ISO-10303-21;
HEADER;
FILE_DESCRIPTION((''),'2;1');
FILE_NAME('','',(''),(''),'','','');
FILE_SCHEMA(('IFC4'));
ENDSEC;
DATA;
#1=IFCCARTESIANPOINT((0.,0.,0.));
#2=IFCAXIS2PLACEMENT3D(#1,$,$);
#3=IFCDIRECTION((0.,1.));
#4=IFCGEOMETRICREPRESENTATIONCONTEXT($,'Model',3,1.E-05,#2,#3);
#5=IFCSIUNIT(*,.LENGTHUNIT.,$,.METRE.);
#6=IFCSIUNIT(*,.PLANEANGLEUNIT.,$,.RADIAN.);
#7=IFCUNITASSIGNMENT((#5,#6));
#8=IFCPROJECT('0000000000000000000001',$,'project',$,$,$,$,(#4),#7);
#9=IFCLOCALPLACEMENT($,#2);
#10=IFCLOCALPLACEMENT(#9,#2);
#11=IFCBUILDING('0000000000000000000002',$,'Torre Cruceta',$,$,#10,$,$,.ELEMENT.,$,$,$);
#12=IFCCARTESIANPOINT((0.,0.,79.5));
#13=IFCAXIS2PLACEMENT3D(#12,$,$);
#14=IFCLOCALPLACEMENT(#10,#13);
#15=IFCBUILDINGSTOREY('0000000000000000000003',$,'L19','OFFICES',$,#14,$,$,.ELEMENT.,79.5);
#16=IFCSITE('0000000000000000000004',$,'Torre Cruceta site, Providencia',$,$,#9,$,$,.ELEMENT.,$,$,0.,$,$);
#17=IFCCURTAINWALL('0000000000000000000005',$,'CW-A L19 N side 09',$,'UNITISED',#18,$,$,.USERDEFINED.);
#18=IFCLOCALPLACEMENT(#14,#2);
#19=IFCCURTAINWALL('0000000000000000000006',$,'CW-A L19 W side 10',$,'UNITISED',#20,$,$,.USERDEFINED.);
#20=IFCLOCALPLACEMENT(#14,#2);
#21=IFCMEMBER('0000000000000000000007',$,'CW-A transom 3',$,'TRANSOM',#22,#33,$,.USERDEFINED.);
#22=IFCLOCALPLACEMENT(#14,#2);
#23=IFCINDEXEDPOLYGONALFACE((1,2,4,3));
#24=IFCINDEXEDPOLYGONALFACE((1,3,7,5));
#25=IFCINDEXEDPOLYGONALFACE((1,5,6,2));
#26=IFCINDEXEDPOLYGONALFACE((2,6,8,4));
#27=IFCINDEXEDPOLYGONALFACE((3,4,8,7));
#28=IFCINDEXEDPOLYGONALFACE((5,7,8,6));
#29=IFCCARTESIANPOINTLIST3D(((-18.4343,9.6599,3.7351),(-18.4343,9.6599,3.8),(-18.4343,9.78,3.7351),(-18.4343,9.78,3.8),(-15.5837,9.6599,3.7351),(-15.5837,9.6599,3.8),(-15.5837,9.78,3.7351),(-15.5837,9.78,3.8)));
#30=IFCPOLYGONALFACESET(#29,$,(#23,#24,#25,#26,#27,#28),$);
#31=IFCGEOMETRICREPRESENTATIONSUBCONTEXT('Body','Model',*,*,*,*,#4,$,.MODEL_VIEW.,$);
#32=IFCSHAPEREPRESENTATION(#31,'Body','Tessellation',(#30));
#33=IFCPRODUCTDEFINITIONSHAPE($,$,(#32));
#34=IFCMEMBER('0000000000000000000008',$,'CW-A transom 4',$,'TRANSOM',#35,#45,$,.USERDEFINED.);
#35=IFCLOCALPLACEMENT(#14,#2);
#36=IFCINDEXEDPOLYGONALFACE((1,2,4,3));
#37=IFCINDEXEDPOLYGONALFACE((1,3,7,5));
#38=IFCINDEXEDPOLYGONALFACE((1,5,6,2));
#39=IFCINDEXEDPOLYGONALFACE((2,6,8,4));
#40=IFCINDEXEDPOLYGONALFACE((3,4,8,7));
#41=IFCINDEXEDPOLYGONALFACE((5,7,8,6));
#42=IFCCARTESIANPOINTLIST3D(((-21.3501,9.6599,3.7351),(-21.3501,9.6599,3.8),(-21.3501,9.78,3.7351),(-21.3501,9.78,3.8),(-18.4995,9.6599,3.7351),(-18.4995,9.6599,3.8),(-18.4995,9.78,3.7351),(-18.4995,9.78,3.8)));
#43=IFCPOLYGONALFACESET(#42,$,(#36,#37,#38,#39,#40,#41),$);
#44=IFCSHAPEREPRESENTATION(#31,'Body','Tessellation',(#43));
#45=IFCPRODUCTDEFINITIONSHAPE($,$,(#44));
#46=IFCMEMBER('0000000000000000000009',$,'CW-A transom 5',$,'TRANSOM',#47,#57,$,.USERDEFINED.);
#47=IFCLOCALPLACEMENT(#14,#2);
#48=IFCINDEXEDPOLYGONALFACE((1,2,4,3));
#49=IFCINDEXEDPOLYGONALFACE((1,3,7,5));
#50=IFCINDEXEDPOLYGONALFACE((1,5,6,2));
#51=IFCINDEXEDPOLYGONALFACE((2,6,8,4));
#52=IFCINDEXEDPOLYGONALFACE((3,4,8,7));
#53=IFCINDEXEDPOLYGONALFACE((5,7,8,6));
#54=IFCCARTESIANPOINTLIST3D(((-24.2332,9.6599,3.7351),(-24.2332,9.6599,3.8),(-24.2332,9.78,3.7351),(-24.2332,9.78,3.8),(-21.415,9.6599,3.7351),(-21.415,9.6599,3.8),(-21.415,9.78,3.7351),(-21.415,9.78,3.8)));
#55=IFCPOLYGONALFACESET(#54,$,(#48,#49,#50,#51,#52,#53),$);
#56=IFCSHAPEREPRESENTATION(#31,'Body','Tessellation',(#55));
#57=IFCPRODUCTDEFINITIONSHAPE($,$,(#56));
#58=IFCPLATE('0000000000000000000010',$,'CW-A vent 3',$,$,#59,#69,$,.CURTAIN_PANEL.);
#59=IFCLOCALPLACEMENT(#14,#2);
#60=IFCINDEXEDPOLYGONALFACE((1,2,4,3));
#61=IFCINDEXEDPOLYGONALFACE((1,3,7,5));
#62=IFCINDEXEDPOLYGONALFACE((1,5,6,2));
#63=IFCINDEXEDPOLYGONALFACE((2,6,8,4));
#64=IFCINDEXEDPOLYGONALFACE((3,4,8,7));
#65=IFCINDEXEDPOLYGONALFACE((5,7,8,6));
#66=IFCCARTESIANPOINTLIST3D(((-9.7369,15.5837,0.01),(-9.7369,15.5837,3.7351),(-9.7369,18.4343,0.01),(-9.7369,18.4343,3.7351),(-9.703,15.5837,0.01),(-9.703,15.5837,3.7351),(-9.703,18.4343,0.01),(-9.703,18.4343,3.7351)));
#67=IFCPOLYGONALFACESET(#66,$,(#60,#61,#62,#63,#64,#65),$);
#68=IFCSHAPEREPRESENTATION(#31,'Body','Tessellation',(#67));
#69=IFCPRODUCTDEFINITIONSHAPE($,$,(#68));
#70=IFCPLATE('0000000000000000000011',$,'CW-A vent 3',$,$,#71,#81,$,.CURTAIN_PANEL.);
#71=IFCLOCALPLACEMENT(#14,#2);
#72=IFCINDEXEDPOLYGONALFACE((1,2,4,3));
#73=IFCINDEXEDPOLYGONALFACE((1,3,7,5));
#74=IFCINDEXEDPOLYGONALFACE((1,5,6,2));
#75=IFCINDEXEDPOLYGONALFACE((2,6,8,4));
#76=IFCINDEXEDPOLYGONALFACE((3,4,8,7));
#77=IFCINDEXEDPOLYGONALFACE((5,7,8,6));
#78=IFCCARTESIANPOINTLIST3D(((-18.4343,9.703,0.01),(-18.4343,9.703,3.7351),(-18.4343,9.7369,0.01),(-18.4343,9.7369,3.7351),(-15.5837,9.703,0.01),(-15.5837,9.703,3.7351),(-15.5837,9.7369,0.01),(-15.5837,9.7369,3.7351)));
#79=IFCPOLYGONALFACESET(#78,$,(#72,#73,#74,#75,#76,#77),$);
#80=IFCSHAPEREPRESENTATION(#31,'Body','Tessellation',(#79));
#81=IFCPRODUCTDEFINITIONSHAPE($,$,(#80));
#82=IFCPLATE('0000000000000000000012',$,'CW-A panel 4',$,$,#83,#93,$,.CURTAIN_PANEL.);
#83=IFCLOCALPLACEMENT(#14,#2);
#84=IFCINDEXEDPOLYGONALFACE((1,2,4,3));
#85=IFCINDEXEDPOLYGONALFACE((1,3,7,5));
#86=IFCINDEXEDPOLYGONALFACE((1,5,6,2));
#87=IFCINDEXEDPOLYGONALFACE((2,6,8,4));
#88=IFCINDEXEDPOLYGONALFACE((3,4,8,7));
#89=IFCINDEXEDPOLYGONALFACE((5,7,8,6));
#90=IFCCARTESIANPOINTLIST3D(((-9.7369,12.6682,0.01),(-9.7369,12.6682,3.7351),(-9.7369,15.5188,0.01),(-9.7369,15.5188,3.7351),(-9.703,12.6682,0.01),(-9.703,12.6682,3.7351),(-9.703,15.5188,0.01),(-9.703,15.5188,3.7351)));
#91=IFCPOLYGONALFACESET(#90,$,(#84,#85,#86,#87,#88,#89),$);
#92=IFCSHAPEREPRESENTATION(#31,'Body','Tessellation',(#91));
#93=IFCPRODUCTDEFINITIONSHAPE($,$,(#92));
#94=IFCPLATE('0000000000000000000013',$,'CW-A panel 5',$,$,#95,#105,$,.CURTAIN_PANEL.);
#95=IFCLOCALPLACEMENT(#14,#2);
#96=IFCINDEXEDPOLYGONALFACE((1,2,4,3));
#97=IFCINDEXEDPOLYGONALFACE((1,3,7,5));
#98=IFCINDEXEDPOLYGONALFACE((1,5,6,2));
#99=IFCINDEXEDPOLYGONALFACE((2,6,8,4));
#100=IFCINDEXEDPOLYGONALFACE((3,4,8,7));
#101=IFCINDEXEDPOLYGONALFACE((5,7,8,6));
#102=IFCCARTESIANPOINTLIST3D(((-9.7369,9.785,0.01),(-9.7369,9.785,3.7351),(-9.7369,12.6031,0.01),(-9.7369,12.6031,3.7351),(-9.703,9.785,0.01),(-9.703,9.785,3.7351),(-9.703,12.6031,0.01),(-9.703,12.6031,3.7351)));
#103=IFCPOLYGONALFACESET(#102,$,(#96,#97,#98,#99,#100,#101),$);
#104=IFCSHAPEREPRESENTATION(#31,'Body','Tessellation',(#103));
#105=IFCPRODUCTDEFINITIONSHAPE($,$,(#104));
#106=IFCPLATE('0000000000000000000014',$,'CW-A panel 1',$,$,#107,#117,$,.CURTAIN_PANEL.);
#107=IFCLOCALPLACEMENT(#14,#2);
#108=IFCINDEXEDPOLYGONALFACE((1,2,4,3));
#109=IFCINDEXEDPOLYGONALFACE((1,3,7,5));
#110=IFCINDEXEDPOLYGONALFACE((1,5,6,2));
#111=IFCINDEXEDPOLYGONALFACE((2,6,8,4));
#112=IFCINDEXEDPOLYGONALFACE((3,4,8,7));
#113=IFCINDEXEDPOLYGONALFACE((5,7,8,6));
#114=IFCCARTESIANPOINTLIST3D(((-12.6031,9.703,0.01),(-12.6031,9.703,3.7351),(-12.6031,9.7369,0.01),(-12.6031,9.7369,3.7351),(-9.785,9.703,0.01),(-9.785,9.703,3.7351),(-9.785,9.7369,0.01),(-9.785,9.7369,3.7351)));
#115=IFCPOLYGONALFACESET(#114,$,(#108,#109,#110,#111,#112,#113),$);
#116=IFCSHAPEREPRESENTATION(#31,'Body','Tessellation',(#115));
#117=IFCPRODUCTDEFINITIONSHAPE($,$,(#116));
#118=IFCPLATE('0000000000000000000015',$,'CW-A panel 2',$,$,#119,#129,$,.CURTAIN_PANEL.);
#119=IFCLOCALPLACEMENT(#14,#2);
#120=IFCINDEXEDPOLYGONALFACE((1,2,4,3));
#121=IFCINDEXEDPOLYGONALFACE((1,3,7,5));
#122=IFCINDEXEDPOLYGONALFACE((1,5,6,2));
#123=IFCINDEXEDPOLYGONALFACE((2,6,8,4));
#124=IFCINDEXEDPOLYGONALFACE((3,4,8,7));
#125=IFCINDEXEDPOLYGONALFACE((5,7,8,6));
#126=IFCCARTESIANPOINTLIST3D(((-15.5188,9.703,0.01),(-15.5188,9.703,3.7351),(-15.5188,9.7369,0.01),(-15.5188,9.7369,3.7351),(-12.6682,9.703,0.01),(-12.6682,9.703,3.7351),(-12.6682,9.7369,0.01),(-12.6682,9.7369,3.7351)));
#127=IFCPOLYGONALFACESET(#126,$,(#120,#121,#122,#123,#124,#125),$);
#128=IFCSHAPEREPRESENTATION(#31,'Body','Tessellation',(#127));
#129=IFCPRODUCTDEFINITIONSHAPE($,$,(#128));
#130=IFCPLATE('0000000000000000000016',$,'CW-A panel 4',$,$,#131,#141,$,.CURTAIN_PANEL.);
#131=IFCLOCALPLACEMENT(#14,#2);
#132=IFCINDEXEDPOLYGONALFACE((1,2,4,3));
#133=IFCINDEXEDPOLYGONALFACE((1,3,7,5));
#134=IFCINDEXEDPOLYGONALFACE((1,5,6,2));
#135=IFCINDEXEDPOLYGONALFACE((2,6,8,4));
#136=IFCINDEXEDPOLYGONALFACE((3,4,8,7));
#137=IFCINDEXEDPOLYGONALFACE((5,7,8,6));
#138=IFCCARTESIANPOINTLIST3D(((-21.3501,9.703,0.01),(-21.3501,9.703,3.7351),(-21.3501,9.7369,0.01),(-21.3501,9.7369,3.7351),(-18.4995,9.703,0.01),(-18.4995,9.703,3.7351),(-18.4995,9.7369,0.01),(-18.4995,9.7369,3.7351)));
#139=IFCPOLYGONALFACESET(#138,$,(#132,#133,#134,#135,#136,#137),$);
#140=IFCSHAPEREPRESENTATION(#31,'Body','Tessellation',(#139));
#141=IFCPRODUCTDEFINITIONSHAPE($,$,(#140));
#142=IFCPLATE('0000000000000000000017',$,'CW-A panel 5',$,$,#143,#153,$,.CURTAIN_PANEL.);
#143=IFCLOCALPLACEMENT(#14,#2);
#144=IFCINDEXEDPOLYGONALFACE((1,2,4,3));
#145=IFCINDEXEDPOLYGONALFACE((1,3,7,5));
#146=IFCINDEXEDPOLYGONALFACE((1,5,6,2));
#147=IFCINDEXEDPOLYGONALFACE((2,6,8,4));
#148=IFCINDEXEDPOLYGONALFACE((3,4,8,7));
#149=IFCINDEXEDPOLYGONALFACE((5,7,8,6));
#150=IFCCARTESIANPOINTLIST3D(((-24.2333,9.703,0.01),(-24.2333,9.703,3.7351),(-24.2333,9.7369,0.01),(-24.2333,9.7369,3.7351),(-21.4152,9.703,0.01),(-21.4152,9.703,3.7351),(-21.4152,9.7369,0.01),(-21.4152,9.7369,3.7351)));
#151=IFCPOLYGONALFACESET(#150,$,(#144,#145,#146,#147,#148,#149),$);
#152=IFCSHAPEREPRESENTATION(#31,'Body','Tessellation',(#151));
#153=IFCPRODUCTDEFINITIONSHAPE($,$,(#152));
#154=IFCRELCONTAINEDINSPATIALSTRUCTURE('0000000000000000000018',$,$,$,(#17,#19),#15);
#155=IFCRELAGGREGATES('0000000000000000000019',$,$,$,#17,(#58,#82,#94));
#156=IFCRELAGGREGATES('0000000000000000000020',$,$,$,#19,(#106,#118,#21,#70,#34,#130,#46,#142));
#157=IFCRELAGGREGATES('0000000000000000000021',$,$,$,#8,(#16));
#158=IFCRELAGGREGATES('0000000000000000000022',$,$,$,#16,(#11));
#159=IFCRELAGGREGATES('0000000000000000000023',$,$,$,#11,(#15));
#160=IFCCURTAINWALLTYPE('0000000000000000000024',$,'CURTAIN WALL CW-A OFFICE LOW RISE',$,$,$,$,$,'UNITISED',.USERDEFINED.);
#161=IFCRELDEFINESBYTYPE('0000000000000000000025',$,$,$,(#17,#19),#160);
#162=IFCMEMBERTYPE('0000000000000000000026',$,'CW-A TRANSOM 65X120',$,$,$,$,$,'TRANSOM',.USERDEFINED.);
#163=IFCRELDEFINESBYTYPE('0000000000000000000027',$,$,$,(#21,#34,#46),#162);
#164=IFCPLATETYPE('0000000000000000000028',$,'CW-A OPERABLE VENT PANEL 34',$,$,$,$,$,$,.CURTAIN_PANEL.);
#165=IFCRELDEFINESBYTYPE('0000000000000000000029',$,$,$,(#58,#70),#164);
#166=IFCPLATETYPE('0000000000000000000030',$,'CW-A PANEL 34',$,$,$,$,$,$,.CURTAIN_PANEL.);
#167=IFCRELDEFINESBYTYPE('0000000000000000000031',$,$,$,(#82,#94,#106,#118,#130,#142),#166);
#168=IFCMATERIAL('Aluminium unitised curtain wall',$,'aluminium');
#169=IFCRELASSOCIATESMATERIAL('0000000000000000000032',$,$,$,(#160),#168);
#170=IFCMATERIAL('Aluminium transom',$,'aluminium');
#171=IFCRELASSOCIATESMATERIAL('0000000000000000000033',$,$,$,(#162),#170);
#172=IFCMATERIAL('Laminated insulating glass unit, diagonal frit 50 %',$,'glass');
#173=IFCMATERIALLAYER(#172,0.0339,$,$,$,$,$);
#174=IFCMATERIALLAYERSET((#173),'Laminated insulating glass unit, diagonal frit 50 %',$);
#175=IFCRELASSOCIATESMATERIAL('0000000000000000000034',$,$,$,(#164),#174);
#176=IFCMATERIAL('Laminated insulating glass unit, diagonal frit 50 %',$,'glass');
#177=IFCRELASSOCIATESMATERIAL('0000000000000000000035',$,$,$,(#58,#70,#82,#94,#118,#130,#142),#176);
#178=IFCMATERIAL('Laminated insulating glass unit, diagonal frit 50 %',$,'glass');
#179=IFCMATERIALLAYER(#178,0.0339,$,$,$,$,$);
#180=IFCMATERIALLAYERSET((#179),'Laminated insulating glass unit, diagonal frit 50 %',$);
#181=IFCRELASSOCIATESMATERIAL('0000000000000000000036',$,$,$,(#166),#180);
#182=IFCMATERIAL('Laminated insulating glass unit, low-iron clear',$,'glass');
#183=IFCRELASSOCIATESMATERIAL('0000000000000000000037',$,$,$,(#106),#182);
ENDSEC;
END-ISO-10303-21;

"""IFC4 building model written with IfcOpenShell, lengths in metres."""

from ifc_helpers import new_model, si_unit, direction, frame, origin, origin_2d, place, context, subcontext, project, spatial, rectangle, extrude, material, layer, layer_set, material_profile, profile_set, type_object, element, aggregate, save


model = new_model("IFC4")

# Units and contexts
model_context = context("Model", 3, precision=1e-05, world=origin(), true_north=direction((0.0, 1.0)))
body_context = subcontext(model_context, "Body", "Model", "MODEL_VIEW")
ifc_project = project(units=[si_unit("LENGTHUNIT", "METRE"), si_unit("PLANEANGLEUNIT", "RADIAN")], contexts=[model_context])

# Site, building, storey
site_placement = place(None, origin())
site = spatial("IfcSite", under=ifc_project, at=site_placement, Name="Torre Cruceta site, Providencia", CompositionType="ELEMENT", RefElevation=0.0)
building_placement = place(site_placement, origin())
building = spatial("IfcBuilding", under=site, at=building_placement, Name="Torre Cruceta", CompositionType="ELEMENT")
storey_placement = place(building_placement, frame((0.0, 0.0, 79.5)))
storey = spatial("IfcBuildingStorey", under=building, at=storey_placement, Name="L19", Description="OFFICES", CompositionType="ELEMENT", Elevation=79.5)

# Curtain walls
ifc_material_1 = material(Name="Aluminium unitised curtain wall", Category="aluminium")
curtain_wall_type = type_object("IfcCurtainWallType", Name="CURTAIN WALL CW-A OFFICE LOW RISE", ElementType="UNITISED", PredefinedType="USERDEFINED", material=ifc_material_1)
curtain_wall_1_placement = place(storey_placement, origin())
curtain_wall_1 = element("IfcCurtainWall", 1, at=curtain_wall_1_placement, inside=storey, type_object=curtain_wall_type, Name="CW-A L19 N side 09", ObjectType="UNITISED", PredefinedType="USERDEFINED")
curtain_wall_2_placement = place(storey_placement, origin())
curtain_wall_2 = element("IfcCurtainWall", 2, at=curtain_wall_2_placement, inside=storey, type_object=curtain_wall_type, Name="CW-A L19 W side 10", ObjectType="UNITISED", PredefinedType="USERDEFINED")

# Members
ifc_material_2 = material(Name="Aluminium transom", Category="aluminium")
ifc_material_profile_1 = material_profile(ifc_material_2, rectangle(XDim=0.1201, YDim=0.0649, at=origin_2d()), Name="AL 120X65")
ifc_profile_set_1 = profile_set([ifc_material_profile_1], Name="Aluminium transom")
member_type_1 = type_object("IfcMemberType", Name="CW-A TRANSOM 65X120", ElementType="TRANSOM", PredefinedType="USERDEFINED", material=ifc_profile_set_1)
member_1_placement = place(storey_placement, frame((-15.5837, 9.72, 3.7676), z_axis=(-1.0, 0.0, 0.0), x_axis=(0.0, -1.0, 0.0)))
member_1 = element("IfcMember", 3, at=member_1_placement, type_object=member_type_1, Name="CW-A transom 3", ObjectType="TRANSOM", PredefinedType="USERDEFINED", context=body_context, shape_type="SweptSolid", body=[
    extrude(rectangle(XDim=0.1201, YDim=0.0649, at=origin_2d()), origin(), (0.0, 0.0, 1.0), 2.8506),
])
member_2_placement = place(storey_placement, frame((-18.4995, 9.72, 3.7676), z_axis=(-1.0, 0.0, 0.0), x_axis=(0.0, -1.0, 0.0)))
member_2 = element("IfcMember", 4, at=member_2_placement, type_object=member_type_1, Name="CW-A transom 4", ObjectType="TRANSOM", PredefinedType="USERDEFINED", context=body_context, shape_type="SweptSolid", body=[
    extrude(rectangle(XDim=0.1201, YDim=0.0649, at=origin_2d()), origin(), (0.0, 0.0, 1.0), 2.8506),
])
member_3_placement = place(storey_placement, frame((-21.415, 9.72, 3.7676), z_axis=(-1.0, 0.0, 0.0), x_axis=(0.0, -1.0, 0.0)))
member_3 = element("IfcMember", 5, at=member_3_placement, type_object=member_type_1, Name="CW-A transom 5", ObjectType="TRANSOM", PredefinedType="USERDEFINED", context=body_context, shape_type="SweptSolid", body=[
    extrude(rectangle(XDim=0.1201, YDim=0.0649, at=origin_2d()), origin(), (0.0, 0.0, 1.0), 2.8181),
])

# Plates
ifc_material_3 = material(Name="Laminated insulating glass unit, diagonal frit 50 %", Category="glass")
ifc_material_4 = material(Name="Laminated insulating glass unit, diagonal frit 50 %", Category="glass")
ifc_layer_1 = layer(ifc_material_4, 0.0339)
ifc_layer_set_1 = layer_set([ifc_layer_1], Name="Laminated insulating glass unit, diagonal frit 50 %")
plate_type_1 = type_object("IfcPlateType", Name="CW-A OPERABLE VENT PANEL 34", PredefinedType="CURTAIN_PANEL", material=ifc_layer_set_1)
plate_1_placement = place(storey_placement, frame((-9.72, 17.009, 0.01), z_axis=(0.0, 0.0, 1.0), x_axis=(0.0, -1.0, 0.0)))
plate_1 = element("IfcPlate", 6, at=plate_1_placement, type_object=plate_type_1, material=ifc_material_3, Name="CW-A vent 3", PredefinedType="CURTAIN_PANEL", context=body_context, shape_type="SweptSolid", body=[
    extrude(rectangle(XDim=2.8506, YDim=0.0339, at=origin_2d()), origin(), (0.0, 0.0, 1.0), 3.7251),
])
plate_2_placement = place(storey_placement, frame((-17.009, 9.72, 0.01), z_axis=(0.0, 0.0, 1.0), x_axis=(-1.0, 0.0, 0.0)))
plate_2 = element("IfcPlate", 7, at=plate_2_placement, type_object=plate_type_1, material=ifc_material_3, Name="CW-A vent 3", PredefinedType="CURTAIN_PANEL", context=body_context, shape_type="SweptSolid", body=[
    extrude(rectangle(XDim=2.8506, YDim=0.0339, at=origin_2d()), origin(), (0.0, 0.0, 1.0), 3.7251),
])
ifc_material_5 = material(Name="Laminated insulating glass unit, diagonal frit 50 %", Category="glass")
ifc_layer_2 = layer(ifc_material_5, 0.0339)
ifc_layer_set_2 = layer_set([ifc_layer_2], Name="Laminated insulating glass unit, diagonal frit 50 %")
plate_type_2 = type_object("IfcPlateType", Name="CW-A PANEL 34", PredefinedType="CURTAIN_PANEL", material=ifc_layer_set_2)
plate_3_placement = place(storey_placement, frame((-9.72, 14.0935, 0.01), z_axis=(0.0, 0.0, 1.0), x_axis=(0.0, -1.0, 0.0)))
plate_3 = element("IfcPlate", 8, at=plate_3_placement, type_object=plate_type_2, material=ifc_material_3, Name="CW-A panel 4", PredefinedType="CURTAIN_PANEL", context=body_context, shape_type="SweptSolid", body=[
    extrude(rectangle(XDim=2.8506, YDim=0.0339, at=origin_2d()), origin(), (0.0, 0.0, 1.0), 3.7251),
])
plate_4_placement = place(storey_placement, frame((-9.72, 11.1941, 0.01), z_axis=(0.0, 0.0, 1.0), x_axis=(0.0, -1.0, 0.0)))
plate_4 = element("IfcPlate", 9, at=plate_4_placement, type_object=plate_type_2, material=ifc_material_3, Name="CW-A panel 5", PredefinedType="CURTAIN_PANEL", context=body_context, shape_type="SweptSolid", body=[
    extrude(rectangle(XDim=2.8181, YDim=0.0339, at=origin_2d()), origin(), (0.0, 0.0, 1.0), 3.7251),
])
aggregate(curtain_wall_1, [plate_1, plate_3, plate_4])
ifc_material_6 = material(Name="Laminated insulating glass unit, low-iron clear", Category="glass")
plate_5_placement = place(storey_placement, frame((-11.1941, 9.72, 0.01), z_axis=(0.0, 0.0, 1.0), x_axis=(-1.0, 0.0, 0.0)))
plate_5 = element("IfcPlate", 10, at=plate_5_placement, type_object=plate_type_2, material=ifc_material_6, Name="CW-A panel 1", PredefinedType="CURTAIN_PANEL", context=body_context, shape_type="SweptSolid", body=[
    extrude(rectangle(XDim=2.8181, YDim=0.0339, at=origin_2d()), origin(), (0.0, 0.0, 1.0), 3.7251),
])
plate_6_placement = place(storey_placement, frame((-14.0935, 9.72, 0.01), z_axis=(0.0, 0.0, 1.0), x_axis=(-1.0, 0.0, 0.0)))
plate_6 = element("IfcPlate", 11, at=plate_6_placement, type_object=plate_type_2, material=ifc_material_3, Name="CW-A panel 2", PredefinedType="CURTAIN_PANEL", context=body_context, shape_type="SweptSolid", body=[
    extrude(rectangle(XDim=2.8506, YDim=0.0339, at=origin_2d()), origin(), (0.0, 0.0, 1.0), 3.7251),
])
plate_7_placement = place(storey_placement, frame((-19.9248, 9.72, 0.01), z_axis=(0.0, 0.0, 1.0), x_axis=(-1.0, 0.0, 0.0)))
plate_7 = element("IfcPlate", 12, at=plate_7_placement, type_object=plate_type_2, material=ifc_material_3, Name="CW-A panel 4", PredefinedType="CURTAIN_PANEL", context=body_context, shape_type="SweptSolid", body=[
    extrude(rectangle(XDim=2.8506, YDim=0.0339, at=origin_2d()), origin(), (0.0, 0.0, 1.0), 3.7251),
])
plate_8_placement = place(storey_placement, frame((-22.8242, 9.72, 0.01), z_axis=(0.0, 0.0, 1.0), x_axis=(-1.0, 0.0, 0.0)))
plate_8 = element("IfcPlate", 13, at=plate_8_placement, type_object=plate_type_2, material=ifc_material_3, Name="CW-A panel 5", PredefinedType="CURTAIN_PANEL", context=body_context, shape_type="SweptSolid", body=[
    extrude(rectangle(XDim=2.8181, YDim=0.0339, at=origin_2d()), origin(), (0.0, 0.0, 1.0), 3.7251),
])
aggregate(curtain_wall_2, [plate_5, plate_6, member_1, plate_2, member_2, plate_7, member_3, plate_8])

save(model, "model.ifc")
